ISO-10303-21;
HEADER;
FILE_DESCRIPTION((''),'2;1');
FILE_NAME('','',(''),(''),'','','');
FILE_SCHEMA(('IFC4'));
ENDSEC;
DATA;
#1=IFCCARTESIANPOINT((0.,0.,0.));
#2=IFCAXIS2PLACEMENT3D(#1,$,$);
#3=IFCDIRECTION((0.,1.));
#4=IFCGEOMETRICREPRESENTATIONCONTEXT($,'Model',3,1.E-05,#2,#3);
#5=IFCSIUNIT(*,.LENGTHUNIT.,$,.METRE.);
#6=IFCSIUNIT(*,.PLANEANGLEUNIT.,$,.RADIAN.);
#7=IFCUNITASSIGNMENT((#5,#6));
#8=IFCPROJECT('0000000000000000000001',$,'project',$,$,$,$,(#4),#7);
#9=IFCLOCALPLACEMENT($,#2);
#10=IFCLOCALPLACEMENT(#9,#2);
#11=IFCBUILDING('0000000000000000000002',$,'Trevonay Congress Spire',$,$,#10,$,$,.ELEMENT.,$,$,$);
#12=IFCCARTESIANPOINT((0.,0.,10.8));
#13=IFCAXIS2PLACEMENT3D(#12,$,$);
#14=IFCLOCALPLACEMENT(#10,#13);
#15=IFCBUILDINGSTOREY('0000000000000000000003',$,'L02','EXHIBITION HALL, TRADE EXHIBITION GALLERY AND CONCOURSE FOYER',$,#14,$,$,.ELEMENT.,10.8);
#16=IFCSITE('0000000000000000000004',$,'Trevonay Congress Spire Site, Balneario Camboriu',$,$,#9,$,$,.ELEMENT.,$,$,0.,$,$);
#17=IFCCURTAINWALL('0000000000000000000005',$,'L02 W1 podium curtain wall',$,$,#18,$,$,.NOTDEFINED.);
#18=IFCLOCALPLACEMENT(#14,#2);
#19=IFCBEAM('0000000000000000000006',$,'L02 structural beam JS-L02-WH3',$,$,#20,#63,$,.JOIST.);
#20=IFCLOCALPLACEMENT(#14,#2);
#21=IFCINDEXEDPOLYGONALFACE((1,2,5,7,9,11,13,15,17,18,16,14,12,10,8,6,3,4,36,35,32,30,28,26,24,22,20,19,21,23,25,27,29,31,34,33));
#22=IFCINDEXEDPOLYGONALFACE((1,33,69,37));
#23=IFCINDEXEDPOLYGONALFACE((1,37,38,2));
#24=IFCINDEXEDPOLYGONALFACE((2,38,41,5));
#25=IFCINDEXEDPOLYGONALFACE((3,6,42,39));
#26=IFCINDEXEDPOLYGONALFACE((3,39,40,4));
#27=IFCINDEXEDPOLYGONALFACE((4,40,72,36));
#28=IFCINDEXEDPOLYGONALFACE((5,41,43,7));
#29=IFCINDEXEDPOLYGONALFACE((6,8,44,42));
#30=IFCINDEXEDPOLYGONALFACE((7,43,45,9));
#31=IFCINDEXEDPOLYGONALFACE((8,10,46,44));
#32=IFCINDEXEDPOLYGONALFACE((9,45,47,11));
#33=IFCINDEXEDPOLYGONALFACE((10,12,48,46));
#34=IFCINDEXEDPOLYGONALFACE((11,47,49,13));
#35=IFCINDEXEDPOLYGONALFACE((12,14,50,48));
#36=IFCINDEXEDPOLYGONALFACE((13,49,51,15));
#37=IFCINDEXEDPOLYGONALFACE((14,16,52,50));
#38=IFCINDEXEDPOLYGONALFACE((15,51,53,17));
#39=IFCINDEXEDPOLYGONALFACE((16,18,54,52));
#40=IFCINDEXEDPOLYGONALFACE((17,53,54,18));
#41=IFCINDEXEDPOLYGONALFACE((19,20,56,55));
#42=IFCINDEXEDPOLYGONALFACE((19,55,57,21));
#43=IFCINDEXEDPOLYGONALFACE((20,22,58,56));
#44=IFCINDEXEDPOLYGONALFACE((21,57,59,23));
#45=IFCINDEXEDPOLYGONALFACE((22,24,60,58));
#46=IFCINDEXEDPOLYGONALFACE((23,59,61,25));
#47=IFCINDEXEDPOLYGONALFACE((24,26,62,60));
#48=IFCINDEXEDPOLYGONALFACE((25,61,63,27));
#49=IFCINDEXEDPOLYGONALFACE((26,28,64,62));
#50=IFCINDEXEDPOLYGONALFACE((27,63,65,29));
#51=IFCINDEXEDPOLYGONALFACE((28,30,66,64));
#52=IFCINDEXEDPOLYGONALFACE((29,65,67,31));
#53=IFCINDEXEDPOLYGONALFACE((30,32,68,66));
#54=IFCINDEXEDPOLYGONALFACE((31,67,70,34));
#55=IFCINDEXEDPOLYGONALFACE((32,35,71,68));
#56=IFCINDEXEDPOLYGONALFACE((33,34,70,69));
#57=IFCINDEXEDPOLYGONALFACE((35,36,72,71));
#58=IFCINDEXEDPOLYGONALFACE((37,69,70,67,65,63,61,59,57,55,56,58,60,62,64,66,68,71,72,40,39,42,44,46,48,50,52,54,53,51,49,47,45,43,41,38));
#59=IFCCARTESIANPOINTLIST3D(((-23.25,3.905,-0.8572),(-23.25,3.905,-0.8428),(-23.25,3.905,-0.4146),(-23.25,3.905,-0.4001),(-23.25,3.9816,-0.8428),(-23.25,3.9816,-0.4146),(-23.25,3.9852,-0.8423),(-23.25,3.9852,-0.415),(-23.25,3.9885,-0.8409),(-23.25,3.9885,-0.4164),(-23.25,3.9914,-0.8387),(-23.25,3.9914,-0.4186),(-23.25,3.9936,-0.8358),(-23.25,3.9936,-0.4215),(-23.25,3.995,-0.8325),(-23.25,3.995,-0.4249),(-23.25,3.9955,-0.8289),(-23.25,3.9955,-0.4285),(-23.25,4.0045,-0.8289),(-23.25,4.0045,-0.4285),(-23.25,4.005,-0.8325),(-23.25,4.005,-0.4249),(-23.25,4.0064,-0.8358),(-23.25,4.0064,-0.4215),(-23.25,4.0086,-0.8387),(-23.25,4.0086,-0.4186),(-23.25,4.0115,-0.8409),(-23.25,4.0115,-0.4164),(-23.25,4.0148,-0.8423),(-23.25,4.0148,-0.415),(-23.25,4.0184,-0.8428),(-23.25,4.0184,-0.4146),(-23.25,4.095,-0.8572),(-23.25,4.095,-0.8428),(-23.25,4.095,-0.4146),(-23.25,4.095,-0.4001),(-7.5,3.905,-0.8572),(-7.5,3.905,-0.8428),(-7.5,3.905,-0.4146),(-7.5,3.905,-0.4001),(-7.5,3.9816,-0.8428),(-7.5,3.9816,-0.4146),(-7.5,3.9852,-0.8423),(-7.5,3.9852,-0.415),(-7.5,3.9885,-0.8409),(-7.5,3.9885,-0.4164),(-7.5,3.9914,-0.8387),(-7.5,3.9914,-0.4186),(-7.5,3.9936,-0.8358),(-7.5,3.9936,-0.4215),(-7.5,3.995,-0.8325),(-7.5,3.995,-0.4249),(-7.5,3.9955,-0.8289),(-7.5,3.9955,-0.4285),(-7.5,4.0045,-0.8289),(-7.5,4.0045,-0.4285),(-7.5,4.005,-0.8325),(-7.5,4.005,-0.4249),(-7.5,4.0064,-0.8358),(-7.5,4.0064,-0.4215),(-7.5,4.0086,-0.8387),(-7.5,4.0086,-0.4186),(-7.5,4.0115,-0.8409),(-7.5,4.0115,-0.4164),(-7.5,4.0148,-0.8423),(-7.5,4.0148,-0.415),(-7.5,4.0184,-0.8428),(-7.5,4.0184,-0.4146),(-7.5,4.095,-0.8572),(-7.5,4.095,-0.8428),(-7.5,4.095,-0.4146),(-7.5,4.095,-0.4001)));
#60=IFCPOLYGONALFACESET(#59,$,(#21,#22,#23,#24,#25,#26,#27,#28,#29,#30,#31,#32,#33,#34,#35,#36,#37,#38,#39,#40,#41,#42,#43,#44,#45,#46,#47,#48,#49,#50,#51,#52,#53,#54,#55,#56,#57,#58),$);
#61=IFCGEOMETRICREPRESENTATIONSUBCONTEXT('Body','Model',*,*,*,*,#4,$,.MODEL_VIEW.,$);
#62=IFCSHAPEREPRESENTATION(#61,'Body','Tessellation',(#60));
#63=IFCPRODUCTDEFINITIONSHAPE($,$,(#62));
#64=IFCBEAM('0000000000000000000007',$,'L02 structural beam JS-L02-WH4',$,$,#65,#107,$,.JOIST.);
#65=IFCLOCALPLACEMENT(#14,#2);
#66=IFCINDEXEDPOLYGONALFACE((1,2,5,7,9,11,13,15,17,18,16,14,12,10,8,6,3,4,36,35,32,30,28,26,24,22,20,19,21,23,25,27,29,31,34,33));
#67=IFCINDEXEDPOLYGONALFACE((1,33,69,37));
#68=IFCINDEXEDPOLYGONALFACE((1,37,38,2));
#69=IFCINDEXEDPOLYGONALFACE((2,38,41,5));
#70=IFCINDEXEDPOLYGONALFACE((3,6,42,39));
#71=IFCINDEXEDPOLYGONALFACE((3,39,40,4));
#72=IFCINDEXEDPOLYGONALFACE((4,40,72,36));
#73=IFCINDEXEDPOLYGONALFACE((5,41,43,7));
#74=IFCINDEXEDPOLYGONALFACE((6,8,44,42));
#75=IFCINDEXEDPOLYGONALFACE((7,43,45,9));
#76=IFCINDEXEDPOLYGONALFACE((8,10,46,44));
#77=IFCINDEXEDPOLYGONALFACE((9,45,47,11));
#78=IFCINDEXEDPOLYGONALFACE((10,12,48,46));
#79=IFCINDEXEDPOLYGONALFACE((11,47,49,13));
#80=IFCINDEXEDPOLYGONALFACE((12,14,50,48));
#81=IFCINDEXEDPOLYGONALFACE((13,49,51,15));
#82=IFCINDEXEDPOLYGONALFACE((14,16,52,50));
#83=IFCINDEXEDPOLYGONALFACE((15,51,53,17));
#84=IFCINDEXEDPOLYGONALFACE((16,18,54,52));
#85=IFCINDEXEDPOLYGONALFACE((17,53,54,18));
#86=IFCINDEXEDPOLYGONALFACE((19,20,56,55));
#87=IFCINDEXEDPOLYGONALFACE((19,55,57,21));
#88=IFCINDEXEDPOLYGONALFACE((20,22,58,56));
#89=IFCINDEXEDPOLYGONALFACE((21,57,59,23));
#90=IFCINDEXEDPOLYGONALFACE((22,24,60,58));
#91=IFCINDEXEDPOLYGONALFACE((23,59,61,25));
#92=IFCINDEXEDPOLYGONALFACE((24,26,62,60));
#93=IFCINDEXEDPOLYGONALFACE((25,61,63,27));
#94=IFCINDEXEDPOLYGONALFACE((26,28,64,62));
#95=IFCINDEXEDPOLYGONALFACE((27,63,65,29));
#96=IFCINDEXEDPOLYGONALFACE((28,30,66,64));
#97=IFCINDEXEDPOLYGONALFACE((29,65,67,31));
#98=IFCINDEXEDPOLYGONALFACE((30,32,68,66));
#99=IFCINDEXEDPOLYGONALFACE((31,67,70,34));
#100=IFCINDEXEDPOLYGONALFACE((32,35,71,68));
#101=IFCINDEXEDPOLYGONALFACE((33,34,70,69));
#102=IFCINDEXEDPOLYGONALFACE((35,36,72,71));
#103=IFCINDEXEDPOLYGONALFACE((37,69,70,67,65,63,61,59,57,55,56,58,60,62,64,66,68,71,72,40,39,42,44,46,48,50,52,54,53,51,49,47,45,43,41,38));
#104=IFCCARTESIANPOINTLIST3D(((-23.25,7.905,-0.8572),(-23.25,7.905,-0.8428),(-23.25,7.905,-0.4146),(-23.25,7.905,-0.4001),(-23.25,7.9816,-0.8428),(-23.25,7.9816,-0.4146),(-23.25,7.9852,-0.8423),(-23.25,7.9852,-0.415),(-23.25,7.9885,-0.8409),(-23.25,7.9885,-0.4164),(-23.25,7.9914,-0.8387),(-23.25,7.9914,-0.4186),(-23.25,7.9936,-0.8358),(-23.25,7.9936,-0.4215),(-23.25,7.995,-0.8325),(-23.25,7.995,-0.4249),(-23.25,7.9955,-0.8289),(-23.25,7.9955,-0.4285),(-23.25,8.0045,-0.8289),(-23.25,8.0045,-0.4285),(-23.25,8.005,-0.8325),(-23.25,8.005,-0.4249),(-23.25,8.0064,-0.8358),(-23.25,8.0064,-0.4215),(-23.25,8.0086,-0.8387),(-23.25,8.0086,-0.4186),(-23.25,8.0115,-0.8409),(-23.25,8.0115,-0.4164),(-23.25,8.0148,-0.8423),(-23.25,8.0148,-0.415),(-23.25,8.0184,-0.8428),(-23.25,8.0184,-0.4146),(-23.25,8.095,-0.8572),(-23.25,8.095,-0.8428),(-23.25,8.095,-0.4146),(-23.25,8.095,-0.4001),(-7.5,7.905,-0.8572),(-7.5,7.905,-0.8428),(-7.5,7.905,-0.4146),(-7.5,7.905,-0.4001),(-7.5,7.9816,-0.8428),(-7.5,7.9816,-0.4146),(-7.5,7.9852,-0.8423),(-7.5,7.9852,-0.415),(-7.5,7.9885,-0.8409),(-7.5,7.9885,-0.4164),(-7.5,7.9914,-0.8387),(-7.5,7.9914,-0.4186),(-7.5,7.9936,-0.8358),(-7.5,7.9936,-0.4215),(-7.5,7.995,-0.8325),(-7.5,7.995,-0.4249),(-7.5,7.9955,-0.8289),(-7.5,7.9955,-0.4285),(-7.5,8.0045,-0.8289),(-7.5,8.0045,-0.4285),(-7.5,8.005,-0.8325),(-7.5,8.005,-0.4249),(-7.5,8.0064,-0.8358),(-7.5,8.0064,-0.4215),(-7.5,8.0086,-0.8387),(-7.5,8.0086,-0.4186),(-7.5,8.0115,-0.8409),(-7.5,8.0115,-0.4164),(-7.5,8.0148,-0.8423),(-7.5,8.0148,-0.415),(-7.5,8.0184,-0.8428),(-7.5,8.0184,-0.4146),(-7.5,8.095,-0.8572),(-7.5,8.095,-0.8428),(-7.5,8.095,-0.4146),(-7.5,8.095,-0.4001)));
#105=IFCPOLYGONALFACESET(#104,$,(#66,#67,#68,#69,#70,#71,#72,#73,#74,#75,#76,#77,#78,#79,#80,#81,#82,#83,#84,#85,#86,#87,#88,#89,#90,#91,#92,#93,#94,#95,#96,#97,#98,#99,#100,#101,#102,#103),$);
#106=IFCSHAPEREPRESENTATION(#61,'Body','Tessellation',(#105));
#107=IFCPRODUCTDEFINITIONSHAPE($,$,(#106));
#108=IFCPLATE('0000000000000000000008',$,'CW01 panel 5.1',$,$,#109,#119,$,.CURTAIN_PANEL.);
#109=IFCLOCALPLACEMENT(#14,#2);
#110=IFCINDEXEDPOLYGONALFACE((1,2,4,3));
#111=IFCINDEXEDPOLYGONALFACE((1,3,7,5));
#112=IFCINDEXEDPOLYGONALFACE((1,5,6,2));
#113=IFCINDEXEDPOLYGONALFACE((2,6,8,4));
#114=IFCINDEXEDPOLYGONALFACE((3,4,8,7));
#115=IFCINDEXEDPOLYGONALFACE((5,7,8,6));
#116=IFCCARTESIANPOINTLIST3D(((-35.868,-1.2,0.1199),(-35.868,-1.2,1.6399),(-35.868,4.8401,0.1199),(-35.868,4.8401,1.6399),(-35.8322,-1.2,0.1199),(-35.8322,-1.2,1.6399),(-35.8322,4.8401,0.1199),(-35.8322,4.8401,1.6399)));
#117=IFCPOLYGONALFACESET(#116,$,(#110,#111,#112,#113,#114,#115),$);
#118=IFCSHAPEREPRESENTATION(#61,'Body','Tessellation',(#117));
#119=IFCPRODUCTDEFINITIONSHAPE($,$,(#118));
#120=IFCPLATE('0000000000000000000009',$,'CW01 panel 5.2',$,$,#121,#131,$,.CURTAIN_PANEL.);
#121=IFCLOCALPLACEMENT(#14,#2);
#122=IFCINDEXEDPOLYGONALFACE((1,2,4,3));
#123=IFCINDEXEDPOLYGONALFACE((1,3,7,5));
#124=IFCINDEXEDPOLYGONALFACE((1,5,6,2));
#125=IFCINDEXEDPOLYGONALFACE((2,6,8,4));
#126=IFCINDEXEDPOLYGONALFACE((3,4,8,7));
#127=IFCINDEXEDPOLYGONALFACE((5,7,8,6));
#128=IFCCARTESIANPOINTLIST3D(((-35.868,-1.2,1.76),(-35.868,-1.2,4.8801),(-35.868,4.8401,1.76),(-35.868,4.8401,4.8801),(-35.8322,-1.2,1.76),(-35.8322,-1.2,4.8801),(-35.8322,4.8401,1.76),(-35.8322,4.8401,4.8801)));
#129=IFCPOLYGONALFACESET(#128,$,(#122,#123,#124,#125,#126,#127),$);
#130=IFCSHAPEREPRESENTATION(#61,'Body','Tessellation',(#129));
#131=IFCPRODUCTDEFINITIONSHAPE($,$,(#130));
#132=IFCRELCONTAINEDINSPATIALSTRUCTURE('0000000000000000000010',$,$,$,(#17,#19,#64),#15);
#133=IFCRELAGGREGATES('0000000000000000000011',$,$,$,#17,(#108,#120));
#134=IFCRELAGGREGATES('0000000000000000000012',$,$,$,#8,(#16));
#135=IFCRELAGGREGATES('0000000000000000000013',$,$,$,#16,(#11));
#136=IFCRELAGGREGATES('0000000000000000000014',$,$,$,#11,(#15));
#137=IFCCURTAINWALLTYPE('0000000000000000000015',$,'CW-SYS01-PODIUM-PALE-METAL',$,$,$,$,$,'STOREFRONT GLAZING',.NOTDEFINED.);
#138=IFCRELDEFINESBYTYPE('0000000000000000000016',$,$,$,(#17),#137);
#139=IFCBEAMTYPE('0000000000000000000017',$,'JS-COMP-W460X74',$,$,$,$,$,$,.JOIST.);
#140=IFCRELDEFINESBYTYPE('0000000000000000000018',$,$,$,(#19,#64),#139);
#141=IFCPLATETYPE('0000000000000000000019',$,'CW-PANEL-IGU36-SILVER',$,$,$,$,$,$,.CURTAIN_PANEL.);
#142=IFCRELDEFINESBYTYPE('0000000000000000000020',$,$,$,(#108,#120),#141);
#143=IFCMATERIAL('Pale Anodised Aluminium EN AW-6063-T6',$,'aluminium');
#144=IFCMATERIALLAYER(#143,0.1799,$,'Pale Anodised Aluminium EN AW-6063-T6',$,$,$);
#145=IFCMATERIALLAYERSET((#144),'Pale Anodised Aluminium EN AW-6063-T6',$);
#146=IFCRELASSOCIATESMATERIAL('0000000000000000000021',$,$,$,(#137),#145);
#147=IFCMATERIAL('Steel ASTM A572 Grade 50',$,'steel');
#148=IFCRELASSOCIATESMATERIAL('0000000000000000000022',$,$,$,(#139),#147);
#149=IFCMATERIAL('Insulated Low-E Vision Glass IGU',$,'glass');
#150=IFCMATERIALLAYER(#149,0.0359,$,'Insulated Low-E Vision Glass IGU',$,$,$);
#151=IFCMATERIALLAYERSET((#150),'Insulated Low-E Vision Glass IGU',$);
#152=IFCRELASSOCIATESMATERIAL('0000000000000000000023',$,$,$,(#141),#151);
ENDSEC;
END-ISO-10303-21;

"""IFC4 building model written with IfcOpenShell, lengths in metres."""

from ifc_helpers import new_model, si_unit, direction, frame, origin, origin_2d, place, context, subcontext, project, spatial, rectangle, i_section, extrude, material, layer, layer_set, material_profile, profile_set, type_object, element, aggregate, save


model = new_model("IFC4")

# Units and contexts
model_context = context("Model", 3, precision=1e-05, world=origin(), true_north=direction((0.0, 1.0)))
body_context = subcontext(model_context, "Body", "Model", "MODEL_VIEW")
ifc_project = project(units=[si_unit("LENGTHUNIT", "METRE"), si_unit("PLANEANGLEUNIT", "RADIAN")], contexts=[model_context])

# Site, building, storey
site_placement = place(None, origin())
site = spatial("IfcSite", under=ifc_project, at=site_placement, Name="Trevonay Congress Spire Site, Balneario Camboriu", CompositionType="ELEMENT", RefElevation=0.0)
building_placement = place(site_placement, origin())
building = spatial("IfcBuilding", under=site, at=building_placement, Name="Trevonay Congress Spire", CompositionType="ELEMENT")
storey_placement = place(building_placement, frame((0.0, 0.0, 10.8)))
storey = spatial("IfcBuildingStorey", under=building, at=storey_placement, Name="L02", Description="EXHIBITION HALL, TRADE EXHIBITION GALLERY AND CONCOURSE FOYER", CompositionType="ELEMENT", Elevation=10.8)

# Shared definitions
ifc_material_1 = material(Name="Steel ASTM A572 Grade 50", Category="steel")

# Curtain wall
ifc_material_2 = material(Name="Pale Anodised Aluminium EN AW-6063-T6", Category="aluminium")
ifc_layer_1 = layer(ifc_material_2, 0.1799, Name="Pale Anodised Aluminium EN AW-6063-T6")
ifc_layer_set_1 = layer_set([ifc_layer_1], Name="Pale Anodised Aluminium EN AW-6063-T6")
curtain_wall_type = type_object("IfcCurtainWallType", Name="CW-SYS01-PODIUM-PALE-METAL", ElementType="STOREFRONT GLAZING", PredefinedType="NOTDEFINED", material=ifc_layer_set_1)
curtain_wall_1_placement = place(storey_placement, origin())
curtain_wall_1 = element("IfcCurtainWall", 1, at=curtain_wall_1_placement, inside=storey, type_object=curtain_wall_type, Name="L02 W1 podium curtain wall", PredefinedType="NOTDEFINED")

# Beams
ifc_material_profile_1 = material_profile(ifc_material_1, i_section(OverallWidth=0.1899, OverallDepth=0.457, WebThickness=0.009, FlangeThickness=0.0144, FilletRadius=0.0139, at=origin_2d()), Name="W460x74")
ifc_profile_set_1 = profile_set([ifc_material_profile_1], Name="Steel ASTM A572 Grade 50")
beam_type_1 = type_object("IfcBeamType", Name="JS-COMP-W460X74", PredefinedType="JOIST", material=ifc_profile_set_1)
for number, where, z_axis, x_axis, name in (
    (2, (-23.25, 4.0, -0.6287), (1.0, 0.0, 0.0), (0.0, 1.0, 0.0), "L02 structural beam JS-L02-WH3"),
    (3, (-23.25, 8.0, -0.6287), (1.0, 0.0, 0.0), (0.0, 1.0, 0.0), "L02 structural beam JS-L02-WH4"),
):
    element("IfcBeam", number, at=place(storey_placement, frame(where, z_axis=z_axis, x_axis=x_axis)), inside=storey, type_object=beam_type_1, Name=name, PredefinedType="JOIST", context=body_context, shape_type="SweptSolid", body=[
        extrude(i_section(OverallWidth=0.1899, OverallDepth=0.457, WebThickness=0.009, FlangeThickness=0.0144, FilletRadius=0.0139, at=origin_2d()), origin(), (0.0, 0.0, 1.0), 15.75),
    ])

# Plates
ifc_material_3 = material(Name="Insulated Low-E Vision Glass IGU", Category="glass")
ifc_layer_2 = layer(ifc_material_3, 0.0359, Name="Insulated Low-E Vision Glass IGU")
ifc_layer_set_2 = layer_set([ifc_layer_2], Name="Insulated Low-E Vision Glass IGU")
plate_type = type_object("IfcPlateType", Name="CW-PANEL-IGU36-SILVER", PredefinedType="CURTAIN_PANEL", material=ifc_layer_set_2)
plate_1_placement = place(storey_placement, frame((-35.8501, 1.8201, 0.1199), z_axis=(0.0, 0.0, 1.0), x_axis=(0.0, 1.0, 0.0)))
plate_1 = element("IfcPlate", 4, at=plate_1_placement, type_object=plate_type, Name="CW01 panel 5.1", PredefinedType="CURTAIN_PANEL", context=body_context, shape_type="SweptSolid", body=[
    extrude(rectangle(XDim=6.04, YDim=0.0359, at=origin_2d()), origin(), (0.0, 0.0, 1.0), 1.52),
])
plate_2_placement = place(storey_placement, frame((-35.8501, 1.8201, 1.76), z_axis=(0.0, 0.0, 1.0), x_axis=(0.0, 1.0, 0.0)))
plate_2 = element("IfcPlate", 5, at=plate_2_placement, type_object=plate_type, Name="CW01 panel 5.2", PredefinedType="CURTAIN_PANEL", context=body_context, shape_type="SweptSolid", body=[
    extrude(rectangle(XDim=6.04, YDim=0.0359, at=origin_2d()), origin(), (0.0, 0.0, 1.0), 3.1201),
])
aggregate(curtain_wall_1, [plate_1, plate_2])

save(model, "model.ifc")
